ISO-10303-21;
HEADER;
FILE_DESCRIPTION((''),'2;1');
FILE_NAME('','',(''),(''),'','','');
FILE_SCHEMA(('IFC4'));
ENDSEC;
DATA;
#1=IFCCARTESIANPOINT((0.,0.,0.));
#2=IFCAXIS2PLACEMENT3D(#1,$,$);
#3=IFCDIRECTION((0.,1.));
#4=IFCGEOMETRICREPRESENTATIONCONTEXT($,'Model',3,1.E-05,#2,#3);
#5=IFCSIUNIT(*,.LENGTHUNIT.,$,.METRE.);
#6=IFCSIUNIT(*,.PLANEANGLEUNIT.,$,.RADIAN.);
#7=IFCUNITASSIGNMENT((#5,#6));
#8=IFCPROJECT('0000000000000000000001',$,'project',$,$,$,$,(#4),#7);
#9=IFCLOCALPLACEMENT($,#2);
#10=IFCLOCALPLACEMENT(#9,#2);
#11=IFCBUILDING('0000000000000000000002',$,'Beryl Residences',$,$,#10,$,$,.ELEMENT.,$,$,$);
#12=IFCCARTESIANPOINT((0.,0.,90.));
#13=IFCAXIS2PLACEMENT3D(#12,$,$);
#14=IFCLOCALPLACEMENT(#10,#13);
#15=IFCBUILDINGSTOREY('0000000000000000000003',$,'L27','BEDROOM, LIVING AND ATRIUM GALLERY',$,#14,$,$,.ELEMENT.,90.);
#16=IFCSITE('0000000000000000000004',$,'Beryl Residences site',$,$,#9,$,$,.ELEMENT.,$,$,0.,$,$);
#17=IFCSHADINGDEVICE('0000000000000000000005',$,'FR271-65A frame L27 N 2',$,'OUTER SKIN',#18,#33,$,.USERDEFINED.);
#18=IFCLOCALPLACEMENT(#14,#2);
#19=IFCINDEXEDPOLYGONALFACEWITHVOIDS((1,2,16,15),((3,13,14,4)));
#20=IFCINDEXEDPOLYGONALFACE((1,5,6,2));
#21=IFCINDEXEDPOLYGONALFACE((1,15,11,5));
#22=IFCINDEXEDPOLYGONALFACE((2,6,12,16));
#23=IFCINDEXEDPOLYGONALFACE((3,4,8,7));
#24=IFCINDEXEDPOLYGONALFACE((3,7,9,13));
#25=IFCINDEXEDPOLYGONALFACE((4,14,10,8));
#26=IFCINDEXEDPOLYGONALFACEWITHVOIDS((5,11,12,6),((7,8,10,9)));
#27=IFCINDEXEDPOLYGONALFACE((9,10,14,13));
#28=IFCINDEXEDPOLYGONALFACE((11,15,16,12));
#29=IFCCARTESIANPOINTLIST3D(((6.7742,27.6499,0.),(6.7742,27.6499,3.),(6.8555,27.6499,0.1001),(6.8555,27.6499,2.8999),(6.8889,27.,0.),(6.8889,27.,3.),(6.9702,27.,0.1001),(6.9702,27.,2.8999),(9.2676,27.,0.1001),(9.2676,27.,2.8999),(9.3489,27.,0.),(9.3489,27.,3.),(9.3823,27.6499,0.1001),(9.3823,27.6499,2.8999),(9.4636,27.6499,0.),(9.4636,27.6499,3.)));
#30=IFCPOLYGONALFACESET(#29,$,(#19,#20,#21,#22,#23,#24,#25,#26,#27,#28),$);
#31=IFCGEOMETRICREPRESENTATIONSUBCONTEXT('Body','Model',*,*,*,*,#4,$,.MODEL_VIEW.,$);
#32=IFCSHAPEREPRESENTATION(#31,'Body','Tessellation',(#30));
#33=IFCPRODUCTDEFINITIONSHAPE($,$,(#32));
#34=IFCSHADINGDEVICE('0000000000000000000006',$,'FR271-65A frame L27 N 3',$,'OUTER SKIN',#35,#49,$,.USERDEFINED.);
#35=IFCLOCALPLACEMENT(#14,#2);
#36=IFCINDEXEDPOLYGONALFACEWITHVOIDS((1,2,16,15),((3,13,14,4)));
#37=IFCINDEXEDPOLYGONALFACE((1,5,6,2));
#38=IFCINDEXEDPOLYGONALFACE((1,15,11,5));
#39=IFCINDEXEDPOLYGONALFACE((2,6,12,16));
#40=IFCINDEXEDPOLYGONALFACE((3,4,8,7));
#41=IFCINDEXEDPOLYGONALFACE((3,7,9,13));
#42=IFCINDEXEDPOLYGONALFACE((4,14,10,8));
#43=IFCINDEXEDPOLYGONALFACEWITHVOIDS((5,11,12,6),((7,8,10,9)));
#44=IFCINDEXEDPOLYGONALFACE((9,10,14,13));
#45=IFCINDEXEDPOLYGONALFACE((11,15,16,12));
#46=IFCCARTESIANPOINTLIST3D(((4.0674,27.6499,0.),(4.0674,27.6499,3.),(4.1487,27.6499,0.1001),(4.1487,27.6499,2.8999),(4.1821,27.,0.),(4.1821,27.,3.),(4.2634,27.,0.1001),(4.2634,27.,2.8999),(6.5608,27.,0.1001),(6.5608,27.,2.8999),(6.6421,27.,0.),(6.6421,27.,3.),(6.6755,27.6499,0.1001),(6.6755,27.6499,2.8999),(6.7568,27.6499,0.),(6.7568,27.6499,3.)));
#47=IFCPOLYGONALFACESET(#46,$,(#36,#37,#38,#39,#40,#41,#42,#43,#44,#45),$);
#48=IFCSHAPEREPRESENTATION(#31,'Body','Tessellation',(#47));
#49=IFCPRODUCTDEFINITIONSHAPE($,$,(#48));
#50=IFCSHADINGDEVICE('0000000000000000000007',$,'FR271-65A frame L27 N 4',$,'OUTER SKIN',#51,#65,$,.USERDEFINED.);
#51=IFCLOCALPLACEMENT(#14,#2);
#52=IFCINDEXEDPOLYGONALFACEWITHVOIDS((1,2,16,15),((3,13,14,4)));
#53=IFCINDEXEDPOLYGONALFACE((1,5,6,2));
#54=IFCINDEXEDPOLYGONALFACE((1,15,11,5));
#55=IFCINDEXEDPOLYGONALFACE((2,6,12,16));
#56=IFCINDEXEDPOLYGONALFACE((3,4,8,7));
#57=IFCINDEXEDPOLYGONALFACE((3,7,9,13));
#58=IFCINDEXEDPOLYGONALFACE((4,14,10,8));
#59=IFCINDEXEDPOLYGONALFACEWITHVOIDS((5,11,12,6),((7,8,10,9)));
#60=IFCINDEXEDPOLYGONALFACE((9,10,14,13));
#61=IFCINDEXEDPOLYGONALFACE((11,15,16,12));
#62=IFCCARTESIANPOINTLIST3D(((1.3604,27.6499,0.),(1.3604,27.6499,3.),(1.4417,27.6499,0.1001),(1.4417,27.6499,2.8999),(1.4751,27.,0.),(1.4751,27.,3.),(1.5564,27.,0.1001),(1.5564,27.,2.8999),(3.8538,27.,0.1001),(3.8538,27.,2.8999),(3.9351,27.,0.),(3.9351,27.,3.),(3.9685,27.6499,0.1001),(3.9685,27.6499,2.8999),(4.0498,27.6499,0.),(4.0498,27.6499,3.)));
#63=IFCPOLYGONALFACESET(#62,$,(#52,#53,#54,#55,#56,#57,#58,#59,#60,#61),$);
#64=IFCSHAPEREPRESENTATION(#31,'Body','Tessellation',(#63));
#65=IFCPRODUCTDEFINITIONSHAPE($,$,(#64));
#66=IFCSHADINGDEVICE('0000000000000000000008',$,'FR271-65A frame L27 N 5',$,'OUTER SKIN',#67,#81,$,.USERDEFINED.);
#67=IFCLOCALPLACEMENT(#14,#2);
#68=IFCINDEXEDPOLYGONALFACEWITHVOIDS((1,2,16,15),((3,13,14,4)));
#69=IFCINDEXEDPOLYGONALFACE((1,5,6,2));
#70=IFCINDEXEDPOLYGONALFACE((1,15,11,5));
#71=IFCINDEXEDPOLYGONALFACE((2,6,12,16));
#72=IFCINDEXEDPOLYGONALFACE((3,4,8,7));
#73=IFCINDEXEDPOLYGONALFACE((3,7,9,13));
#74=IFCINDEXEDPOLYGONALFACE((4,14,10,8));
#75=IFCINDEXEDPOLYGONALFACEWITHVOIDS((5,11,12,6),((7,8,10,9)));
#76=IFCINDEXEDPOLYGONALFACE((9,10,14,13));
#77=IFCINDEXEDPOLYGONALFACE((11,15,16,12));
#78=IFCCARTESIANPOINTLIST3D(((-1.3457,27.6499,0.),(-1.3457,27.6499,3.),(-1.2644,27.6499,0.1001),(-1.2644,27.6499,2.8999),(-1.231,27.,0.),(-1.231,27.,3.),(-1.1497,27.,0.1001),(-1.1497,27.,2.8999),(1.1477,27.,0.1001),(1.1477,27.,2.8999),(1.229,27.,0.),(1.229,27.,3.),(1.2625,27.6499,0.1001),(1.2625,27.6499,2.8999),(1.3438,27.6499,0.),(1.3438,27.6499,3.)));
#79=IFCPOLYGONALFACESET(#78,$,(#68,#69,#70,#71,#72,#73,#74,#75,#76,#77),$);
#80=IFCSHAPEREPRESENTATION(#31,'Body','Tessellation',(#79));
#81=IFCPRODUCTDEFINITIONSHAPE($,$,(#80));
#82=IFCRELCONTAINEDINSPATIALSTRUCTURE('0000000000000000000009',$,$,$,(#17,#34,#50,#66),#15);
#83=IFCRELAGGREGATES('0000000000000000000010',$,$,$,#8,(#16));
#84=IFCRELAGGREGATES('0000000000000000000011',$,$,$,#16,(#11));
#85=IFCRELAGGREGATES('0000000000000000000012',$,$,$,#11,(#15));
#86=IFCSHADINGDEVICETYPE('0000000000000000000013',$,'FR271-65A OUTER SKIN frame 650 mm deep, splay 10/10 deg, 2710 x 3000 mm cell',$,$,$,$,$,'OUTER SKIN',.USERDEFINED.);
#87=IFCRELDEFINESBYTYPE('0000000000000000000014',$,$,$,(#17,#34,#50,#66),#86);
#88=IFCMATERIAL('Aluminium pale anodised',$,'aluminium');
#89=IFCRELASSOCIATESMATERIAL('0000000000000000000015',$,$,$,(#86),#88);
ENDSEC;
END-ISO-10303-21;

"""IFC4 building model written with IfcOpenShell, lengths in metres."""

from ifc_helpers import new_model, entity, si_unit, direction, frame, origin, place, context, subcontext, project, spatial, source, transform, mapped, material, type_object, type_shapes, element, save


model = new_model("IFC4")

# Units and contexts
model_context = context("Model", 3, precision=1e-05, world=origin(), true_north=direction((0.0, 1.0)))
body_context = subcontext(model_context, "Body", "Model", "MODEL_VIEW")
ifc_project = project(units=[si_unit("LENGTHUNIT", "METRE"), si_unit("PLANEANGLEUNIT", "RADIAN")], contexts=[model_context])

# Site, building, storey
site_placement = place(None, origin())
site = spatial("IfcSite", under=ifc_project, at=site_placement, Name="Beryl Residences site", CompositionType="ELEMENT", RefElevation=0.0)
building_placement = place(site_placement, origin())
building = spatial("IfcBuilding", under=site, at=building_placement, Name="Beryl Residences", CompositionType="ELEMENT")
storey_placement = place(building_placement, frame((0.0, 0.0, 90.0)))
storey = spatial("IfcBuildingStorey", under=building, at=storey_placement, Name="L27", Description="BEDROOM, LIVING AND ATRIUM GALLERY", CompositionType="ELEMENT", Elevation=90.0)

# Shading devices
ifc_material_1 = material(Name="Aluminium pale anodised", Category="aluminium")
shading_device_type_1 = type_object("IfcShadingDeviceType", Name="FR271-65A OUTER SKIN frame 650 mm deep, splay 10/10 deg, 2710 x 3000 mm cell", ElementType="OUTER SKIN", PredefinedType="USERDEFINED", material=ifc_material_1)
cartesian_point_1 = entity("IfcCartesianPoint", [-1.23, 0.0])
cartesian_point_2 = entity("IfcCartesianPoint", [-1.1487, 0.1001])
cartesian_point_3 = entity("IfcCartesianPoint", [-1.3447, 0.0])
cartesian_point_4 = entity("IfcCartesianPoint", [-1.2634, 0.1001])
shared_shape_1 = source(origin(), body_context, "Body", "SweptSolid", [
    entity("IfcExtrudedAreaSolidTapered", entity("IfcArbitraryProfileDefWithVoids", "AREA", None, entity("IfcPolyline", [cartesian_point_1, entity("IfcCartesianPoint", [1.23, 0.0]), entity("IfcCartesianPoint", [1.23, 3.0]), entity("IfcCartesianPoint", [-1.23, 3.0]), cartesian_point_1]), [entity("IfcPolyline", [cartesian_point_2, entity("IfcCartesianPoint", [1.1487, 0.1001]), entity("IfcCartesianPoint", [1.1487, 2.8999]), entity("IfcCartesianPoint", [-1.1487, 2.8999]), cartesian_point_2])]), entity("IfcAxis2Placement3D", entity("IfcCartesianPoint", [0.0, 0.0, 0.0]), entity("IfcDirection", [0.0, 1.0, 0.0]), entity("IfcDirection", [-1.0, 0.0, 0.0])), entity("IfcDirection", [0.0, 0.0, 1.0]), 0.6499, entity("IfcArbitraryProfileDefWithVoids", "AREA", None, entity("IfcPolyline", [cartesian_point_3, entity("IfcCartesianPoint", [1.3447, 0.0]), entity("IfcCartesianPoint", [1.3447, 3.0]), entity("IfcCartesianPoint", [-1.3447, 3.0]), cartesian_point_3]), [entity("IfcPolyline", [cartesian_point_4, entity("IfcCartesianPoint", [1.2634, 0.1001]), entity("IfcCartesianPoint", [1.2634, 2.8999]), entity("IfcCartesianPoint", [-1.2634, 2.8999]), cartesian_point_4])])),
])
type_shapes(shading_device_type_1, [shared_shape_1])
for number, where, z_axis, x_axis, name in (
    (1, (8.1189, 27.0, 0.0), (0.0, 0.0, 1.0), (1.0, 0.0, 0.0), "FR271-65A frame L27 N 2"),
    (2, (5.4121, 27.0, 0.0), (0.0, 0.0, 1.0), (1.0, 0.0, 0.0), "FR271-65A frame L27 N 3"),
    (3, (2.7051, 27.0, 0.0), (0.0, 0.0, 1.0), (1.0, 0.0, 0.0), "FR271-65A frame L27 N 4"),
    (4, (-0.001, 27.0, 0.0), (0.0, 0.0, 1.0), (1.0, 0.0, 0.0), "FR271-65A frame L27 N 5"),
):
    element("IfcShadingDevice", number, at=place(storey_placement, frame(where, z_axis=z_axis, x_axis=x_axis)), inside=storey, type_object=shading_device_type_1, Name=name, ObjectType="OUTER SKIN", PredefinedType="USERDEFINED", context=body_context, shape_type="MappedRepresentation", body=[
        mapped(shared_shape_1, transform((0.0, 0.0, 0.0))),
    ])

save(model, "model.ifc")
